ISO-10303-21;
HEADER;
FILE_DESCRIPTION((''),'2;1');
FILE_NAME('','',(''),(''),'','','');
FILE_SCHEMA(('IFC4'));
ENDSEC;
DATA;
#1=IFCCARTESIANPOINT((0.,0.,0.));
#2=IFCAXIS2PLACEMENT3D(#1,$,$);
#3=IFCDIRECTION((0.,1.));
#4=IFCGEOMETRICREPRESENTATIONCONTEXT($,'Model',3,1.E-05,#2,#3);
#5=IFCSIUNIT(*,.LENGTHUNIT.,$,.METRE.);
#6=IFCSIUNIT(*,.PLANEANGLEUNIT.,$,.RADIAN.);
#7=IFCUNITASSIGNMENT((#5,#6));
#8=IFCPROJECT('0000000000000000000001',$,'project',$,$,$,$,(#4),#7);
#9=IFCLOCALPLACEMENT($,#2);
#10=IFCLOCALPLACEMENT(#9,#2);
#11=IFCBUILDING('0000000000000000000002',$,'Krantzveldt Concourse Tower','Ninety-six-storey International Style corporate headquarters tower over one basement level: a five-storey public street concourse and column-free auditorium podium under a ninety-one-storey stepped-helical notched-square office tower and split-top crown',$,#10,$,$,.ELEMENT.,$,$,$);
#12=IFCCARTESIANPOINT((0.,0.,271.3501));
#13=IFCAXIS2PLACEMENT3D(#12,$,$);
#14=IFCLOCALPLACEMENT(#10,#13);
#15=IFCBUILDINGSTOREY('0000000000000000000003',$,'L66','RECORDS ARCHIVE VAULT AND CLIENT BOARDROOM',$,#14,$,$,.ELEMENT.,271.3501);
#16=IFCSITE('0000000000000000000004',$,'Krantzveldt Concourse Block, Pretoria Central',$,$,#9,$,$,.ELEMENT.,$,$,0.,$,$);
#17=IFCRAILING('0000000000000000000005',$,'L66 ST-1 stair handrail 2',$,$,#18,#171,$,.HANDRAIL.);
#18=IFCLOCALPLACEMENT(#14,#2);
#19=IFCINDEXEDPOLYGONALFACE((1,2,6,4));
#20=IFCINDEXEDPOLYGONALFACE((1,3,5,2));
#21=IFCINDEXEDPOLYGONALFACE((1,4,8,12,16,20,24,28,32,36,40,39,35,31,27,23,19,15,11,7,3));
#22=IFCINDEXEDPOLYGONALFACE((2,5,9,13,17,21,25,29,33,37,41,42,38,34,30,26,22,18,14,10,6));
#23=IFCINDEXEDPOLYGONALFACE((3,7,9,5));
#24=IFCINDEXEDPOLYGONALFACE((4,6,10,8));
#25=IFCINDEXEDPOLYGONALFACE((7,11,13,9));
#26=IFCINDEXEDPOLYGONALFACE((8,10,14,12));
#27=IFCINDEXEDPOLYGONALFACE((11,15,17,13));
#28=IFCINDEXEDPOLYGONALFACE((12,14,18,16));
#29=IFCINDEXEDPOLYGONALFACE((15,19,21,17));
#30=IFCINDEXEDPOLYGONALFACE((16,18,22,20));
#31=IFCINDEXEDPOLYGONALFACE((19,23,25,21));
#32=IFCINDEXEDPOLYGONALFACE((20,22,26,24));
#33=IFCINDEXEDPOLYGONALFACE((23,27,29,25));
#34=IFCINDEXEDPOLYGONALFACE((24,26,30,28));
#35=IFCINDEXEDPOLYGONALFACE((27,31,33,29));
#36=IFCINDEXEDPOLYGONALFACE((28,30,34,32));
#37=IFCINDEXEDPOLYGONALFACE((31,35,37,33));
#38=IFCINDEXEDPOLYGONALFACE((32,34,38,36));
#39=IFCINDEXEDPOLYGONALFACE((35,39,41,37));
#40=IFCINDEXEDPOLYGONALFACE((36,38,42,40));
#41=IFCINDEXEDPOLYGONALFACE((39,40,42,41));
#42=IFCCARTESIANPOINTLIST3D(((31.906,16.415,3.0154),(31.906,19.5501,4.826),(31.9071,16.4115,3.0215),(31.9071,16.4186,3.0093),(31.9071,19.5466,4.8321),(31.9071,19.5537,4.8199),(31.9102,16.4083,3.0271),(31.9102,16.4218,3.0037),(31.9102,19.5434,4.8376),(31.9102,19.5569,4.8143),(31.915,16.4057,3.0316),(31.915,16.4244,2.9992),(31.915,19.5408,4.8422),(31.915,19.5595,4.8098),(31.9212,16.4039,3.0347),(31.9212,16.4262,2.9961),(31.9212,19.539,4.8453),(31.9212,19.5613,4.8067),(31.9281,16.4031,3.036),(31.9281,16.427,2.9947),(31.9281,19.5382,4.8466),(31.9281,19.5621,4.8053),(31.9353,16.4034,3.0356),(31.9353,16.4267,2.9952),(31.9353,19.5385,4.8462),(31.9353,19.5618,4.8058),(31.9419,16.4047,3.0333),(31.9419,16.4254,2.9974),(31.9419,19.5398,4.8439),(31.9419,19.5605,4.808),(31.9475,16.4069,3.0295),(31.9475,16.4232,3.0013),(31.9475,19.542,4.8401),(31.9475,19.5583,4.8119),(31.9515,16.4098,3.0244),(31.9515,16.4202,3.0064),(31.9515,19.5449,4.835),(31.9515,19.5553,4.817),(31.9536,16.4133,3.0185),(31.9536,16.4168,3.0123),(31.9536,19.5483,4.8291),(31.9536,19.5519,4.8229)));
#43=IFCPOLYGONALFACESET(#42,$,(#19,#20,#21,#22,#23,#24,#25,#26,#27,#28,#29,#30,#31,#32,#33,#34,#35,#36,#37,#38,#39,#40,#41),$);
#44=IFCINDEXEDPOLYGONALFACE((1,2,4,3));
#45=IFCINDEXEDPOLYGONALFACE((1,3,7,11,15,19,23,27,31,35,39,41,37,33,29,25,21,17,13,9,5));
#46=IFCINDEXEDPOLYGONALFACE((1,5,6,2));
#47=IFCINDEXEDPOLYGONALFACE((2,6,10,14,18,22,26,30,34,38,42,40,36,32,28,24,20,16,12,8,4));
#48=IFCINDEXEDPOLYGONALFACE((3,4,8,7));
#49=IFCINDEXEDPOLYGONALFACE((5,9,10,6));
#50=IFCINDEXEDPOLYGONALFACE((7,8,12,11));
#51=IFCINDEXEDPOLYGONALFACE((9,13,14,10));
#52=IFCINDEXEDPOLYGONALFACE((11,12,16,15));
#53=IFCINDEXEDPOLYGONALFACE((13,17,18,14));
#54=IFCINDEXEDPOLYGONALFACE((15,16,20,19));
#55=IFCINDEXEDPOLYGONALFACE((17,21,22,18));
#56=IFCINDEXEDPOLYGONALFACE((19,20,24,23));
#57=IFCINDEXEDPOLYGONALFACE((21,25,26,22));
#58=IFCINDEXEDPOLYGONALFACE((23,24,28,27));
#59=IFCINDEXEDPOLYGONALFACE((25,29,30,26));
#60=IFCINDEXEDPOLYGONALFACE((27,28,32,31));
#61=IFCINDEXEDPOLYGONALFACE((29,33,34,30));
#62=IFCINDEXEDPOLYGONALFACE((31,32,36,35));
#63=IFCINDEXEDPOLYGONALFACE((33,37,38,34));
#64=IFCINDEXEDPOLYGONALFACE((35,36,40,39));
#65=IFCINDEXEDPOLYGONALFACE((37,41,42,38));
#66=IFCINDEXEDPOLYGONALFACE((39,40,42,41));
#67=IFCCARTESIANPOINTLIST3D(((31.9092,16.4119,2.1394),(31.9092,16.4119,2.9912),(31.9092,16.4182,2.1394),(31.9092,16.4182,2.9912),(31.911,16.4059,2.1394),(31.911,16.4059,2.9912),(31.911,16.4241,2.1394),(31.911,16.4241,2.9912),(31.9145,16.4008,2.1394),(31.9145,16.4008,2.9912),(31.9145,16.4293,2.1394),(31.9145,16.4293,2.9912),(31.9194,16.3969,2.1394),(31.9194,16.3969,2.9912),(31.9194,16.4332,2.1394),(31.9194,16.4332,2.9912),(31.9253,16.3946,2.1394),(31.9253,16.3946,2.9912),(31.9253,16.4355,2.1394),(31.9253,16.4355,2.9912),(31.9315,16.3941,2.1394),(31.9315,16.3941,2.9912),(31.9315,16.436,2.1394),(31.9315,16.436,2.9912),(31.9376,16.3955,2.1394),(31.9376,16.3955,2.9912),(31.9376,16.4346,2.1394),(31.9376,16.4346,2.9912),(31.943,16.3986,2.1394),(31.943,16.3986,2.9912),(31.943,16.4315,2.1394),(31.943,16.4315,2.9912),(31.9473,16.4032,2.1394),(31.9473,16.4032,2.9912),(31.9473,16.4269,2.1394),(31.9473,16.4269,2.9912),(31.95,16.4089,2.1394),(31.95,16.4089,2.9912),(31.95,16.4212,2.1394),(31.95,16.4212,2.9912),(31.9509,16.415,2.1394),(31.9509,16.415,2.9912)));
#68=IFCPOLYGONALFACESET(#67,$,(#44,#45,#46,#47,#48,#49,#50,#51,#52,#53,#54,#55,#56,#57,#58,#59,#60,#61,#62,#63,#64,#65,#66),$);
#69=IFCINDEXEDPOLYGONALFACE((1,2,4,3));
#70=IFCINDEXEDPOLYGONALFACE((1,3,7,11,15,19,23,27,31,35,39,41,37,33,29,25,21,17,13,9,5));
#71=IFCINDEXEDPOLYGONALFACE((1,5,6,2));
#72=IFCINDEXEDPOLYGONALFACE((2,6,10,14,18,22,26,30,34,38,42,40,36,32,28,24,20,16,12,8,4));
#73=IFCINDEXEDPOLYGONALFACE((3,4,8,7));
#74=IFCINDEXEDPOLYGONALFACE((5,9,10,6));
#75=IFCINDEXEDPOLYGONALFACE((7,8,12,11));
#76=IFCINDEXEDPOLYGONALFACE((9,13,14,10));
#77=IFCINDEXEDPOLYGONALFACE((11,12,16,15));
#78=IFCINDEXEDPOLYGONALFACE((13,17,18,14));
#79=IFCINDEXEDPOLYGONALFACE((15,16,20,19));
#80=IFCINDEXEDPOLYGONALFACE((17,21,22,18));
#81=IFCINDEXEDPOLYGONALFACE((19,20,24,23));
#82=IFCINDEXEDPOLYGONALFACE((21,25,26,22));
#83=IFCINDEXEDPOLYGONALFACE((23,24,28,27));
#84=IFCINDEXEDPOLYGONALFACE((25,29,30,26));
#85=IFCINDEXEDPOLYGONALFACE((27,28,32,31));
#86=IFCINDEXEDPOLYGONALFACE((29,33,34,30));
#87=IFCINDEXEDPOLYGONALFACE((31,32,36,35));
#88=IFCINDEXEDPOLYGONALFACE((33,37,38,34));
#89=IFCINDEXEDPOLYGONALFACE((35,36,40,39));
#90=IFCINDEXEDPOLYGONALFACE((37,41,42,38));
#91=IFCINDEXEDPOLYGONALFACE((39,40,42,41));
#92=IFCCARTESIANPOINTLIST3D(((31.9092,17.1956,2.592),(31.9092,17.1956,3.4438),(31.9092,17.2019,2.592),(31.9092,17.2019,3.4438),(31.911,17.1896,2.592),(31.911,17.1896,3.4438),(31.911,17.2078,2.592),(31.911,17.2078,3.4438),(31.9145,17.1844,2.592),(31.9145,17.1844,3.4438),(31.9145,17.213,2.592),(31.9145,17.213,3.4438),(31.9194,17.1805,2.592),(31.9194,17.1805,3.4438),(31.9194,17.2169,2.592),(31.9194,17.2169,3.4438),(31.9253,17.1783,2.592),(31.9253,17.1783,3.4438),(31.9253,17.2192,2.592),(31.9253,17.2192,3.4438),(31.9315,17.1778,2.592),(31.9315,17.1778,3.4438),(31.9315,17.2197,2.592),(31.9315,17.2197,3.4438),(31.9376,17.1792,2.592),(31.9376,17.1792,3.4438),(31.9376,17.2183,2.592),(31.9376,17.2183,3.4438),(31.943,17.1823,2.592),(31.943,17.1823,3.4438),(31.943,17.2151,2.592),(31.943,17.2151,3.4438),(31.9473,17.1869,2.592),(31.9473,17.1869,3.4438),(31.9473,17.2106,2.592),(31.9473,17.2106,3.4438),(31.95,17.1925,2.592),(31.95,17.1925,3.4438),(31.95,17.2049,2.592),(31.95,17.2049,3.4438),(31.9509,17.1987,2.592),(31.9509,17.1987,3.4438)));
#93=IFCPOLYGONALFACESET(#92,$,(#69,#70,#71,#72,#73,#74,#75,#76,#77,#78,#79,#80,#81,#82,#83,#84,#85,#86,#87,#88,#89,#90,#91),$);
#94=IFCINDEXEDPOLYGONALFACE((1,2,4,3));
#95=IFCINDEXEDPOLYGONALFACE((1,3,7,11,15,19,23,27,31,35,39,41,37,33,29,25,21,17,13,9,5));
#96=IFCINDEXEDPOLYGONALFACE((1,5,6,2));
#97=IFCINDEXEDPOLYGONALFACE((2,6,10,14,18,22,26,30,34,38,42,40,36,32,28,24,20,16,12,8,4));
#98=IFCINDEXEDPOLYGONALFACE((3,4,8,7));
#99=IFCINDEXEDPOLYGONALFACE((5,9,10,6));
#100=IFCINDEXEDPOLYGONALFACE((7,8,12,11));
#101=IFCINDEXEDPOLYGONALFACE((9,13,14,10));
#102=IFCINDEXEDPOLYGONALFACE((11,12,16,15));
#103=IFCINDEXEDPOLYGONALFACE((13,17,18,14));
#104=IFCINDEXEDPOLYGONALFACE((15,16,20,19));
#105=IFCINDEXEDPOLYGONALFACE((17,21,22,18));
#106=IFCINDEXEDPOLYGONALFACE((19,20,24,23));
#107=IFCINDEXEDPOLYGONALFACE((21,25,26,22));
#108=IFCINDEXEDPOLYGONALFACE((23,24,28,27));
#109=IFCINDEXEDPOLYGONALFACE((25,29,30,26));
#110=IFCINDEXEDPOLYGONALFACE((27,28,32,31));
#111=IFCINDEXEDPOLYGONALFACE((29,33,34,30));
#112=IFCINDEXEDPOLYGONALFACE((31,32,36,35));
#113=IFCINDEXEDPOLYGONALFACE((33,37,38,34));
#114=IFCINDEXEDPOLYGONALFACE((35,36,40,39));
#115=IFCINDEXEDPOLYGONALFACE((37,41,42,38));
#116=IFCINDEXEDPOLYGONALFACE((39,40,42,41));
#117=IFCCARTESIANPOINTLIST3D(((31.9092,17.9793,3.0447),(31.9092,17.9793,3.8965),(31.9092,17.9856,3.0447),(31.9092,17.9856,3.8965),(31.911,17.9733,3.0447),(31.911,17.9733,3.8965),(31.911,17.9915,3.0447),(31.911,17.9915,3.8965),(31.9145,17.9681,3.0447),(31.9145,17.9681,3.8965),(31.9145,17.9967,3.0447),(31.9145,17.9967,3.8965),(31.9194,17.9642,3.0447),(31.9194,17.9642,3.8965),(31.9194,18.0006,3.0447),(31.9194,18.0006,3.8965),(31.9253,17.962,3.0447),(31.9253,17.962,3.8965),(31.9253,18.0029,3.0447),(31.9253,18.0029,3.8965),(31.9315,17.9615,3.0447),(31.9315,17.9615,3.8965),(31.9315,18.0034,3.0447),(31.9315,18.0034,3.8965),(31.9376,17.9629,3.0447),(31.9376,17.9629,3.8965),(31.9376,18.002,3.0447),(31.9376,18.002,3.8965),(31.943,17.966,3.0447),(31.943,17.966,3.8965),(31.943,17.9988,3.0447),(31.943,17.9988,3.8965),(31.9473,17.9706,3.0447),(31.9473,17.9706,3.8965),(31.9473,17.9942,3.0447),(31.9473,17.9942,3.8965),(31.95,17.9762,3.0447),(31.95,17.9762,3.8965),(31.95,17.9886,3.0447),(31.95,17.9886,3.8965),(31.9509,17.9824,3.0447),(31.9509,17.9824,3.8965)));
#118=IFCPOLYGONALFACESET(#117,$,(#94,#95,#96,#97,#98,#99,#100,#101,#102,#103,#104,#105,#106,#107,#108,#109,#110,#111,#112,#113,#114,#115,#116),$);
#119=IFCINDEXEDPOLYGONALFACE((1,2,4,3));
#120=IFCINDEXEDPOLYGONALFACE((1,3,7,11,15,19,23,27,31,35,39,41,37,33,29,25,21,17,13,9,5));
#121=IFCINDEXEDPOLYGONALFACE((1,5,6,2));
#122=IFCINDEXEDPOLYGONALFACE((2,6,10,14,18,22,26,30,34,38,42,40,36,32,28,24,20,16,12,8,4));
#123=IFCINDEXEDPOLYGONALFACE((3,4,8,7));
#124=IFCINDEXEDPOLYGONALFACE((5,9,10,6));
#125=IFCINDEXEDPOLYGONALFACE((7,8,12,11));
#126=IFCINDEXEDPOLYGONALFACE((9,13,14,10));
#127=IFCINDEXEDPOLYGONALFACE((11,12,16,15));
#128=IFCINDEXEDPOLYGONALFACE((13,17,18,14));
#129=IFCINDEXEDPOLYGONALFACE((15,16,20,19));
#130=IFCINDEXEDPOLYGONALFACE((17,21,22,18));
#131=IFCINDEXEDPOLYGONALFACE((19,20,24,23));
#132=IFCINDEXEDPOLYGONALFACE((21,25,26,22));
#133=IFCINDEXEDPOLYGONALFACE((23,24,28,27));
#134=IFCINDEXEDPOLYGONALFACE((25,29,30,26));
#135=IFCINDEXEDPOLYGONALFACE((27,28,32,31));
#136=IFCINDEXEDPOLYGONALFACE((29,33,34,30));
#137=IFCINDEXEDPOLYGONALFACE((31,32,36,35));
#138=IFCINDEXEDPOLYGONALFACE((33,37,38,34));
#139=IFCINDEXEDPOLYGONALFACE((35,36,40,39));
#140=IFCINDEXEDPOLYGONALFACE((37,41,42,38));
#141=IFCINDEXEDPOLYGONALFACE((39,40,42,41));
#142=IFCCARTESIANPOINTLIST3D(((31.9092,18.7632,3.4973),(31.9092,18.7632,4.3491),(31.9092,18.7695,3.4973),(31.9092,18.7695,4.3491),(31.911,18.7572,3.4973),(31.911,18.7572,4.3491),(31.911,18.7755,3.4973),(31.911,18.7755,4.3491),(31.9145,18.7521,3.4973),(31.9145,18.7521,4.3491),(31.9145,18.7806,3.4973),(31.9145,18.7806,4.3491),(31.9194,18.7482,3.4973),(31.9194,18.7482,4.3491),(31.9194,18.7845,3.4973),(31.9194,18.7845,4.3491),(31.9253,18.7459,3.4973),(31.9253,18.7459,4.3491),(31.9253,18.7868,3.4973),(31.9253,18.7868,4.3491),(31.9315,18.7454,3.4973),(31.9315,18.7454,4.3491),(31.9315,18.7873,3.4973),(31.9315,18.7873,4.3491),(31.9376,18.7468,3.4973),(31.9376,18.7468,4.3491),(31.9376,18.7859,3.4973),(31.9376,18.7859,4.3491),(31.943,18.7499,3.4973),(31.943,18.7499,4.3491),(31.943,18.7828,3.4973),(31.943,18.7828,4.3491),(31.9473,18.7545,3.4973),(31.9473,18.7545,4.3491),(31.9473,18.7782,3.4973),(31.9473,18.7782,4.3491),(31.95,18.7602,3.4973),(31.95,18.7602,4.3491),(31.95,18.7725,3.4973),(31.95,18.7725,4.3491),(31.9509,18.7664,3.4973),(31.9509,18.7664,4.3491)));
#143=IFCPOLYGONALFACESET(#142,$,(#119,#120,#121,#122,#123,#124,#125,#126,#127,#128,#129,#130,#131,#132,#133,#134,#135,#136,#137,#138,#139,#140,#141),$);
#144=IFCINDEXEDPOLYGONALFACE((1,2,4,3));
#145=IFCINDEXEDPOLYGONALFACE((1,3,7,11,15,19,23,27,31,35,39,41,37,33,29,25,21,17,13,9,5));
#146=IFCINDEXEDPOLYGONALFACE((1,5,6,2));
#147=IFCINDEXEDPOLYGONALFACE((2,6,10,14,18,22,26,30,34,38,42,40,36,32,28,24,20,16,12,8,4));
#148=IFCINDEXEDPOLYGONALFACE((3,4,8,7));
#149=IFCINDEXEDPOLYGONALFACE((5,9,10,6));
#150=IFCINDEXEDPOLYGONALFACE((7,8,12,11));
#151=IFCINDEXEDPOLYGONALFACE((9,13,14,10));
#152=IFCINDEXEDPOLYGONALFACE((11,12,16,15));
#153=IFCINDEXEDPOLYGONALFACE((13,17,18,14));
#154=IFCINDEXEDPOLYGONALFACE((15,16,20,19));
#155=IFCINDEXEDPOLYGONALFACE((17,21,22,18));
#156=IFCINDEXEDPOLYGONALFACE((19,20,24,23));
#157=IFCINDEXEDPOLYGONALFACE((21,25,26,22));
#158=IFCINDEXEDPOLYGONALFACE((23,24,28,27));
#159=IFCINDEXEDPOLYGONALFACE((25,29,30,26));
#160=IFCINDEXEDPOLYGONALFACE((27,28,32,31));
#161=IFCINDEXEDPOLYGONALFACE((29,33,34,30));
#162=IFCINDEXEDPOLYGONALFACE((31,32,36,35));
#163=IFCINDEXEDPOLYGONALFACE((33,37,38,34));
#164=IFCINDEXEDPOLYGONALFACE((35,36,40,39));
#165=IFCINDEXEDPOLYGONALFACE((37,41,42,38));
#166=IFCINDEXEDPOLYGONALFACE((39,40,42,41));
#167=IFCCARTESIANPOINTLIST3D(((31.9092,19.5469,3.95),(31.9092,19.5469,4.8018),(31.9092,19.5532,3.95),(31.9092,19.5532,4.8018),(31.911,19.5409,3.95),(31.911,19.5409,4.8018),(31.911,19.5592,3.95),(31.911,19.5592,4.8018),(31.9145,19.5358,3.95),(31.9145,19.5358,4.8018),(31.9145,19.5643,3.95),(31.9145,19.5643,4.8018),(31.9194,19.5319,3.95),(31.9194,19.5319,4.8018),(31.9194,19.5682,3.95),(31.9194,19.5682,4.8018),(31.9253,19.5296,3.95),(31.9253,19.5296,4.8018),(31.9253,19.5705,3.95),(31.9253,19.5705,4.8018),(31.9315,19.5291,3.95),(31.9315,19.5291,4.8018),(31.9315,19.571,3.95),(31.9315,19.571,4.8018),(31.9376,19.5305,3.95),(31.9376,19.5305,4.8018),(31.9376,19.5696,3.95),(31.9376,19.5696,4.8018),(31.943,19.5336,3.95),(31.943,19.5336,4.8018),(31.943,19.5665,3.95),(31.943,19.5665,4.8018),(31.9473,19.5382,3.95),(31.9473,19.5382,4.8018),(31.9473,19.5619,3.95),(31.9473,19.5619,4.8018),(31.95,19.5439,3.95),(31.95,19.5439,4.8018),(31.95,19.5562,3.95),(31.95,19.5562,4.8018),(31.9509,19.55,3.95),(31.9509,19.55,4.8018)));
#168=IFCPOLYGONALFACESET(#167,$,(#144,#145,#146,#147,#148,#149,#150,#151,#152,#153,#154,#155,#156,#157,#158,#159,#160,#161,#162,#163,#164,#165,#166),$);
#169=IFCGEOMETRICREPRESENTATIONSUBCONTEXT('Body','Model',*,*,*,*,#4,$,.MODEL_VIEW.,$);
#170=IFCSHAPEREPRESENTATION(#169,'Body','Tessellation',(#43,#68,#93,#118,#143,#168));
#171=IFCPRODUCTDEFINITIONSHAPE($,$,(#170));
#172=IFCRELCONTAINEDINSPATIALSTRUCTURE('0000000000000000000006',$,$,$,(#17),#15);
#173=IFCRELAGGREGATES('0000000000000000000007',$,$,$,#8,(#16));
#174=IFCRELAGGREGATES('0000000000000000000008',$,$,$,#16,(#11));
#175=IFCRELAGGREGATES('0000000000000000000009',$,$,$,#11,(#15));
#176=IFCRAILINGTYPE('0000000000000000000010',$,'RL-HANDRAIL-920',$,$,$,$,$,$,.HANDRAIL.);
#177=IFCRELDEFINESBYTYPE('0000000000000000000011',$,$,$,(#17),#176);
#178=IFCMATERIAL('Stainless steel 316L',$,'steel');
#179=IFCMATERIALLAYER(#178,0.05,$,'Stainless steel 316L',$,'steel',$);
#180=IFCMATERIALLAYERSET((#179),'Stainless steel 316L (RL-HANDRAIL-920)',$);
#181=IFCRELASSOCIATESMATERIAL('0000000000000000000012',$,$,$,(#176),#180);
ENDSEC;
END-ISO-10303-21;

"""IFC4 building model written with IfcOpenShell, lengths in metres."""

from ifc_helpers import new_model, si_unit, direction, frame, origin, origin_2d, place, context, subcontext, project, spatial, circle, extrude, material, layer, layer_set, type_object, element, save


model = new_model("IFC4")

# Units and contexts
model_context = context("Model", 3, precision=1e-05, world=origin(), true_north=direction((0.0, 1.0)))
body_context = subcontext(model_context, "Body", "Model", "MODEL_VIEW")
ifc_project = project(units=[si_unit("LENGTHUNIT", "METRE"), si_unit("PLANEANGLEUNIT", "RADIAN")], contexts=[model_context])

# Site, building, storey
site_placement = place(None, origin())
site = spatial("IfcSite", under=ifc_project, at=site_placement, Name="Krantzveldt Concourse Block, Pretoria Central", CompositionType="ELEMENT", RefElevation=0.0)
building_placement = place(site_placement, origin())
building = spatial("IfcBuilding", under=site, at=building_placement, Name="Krantzveldt Concourse Tower", Description="Ninety-six-storey International Style corporate headquarters tower over one basement level: a five-storey public street concourse and column-free auditorium podium under a ninety-one-storey stepped-helical notched-square office tower and split-top crown", CompositionType="ELEMENT")
storey_placement = place(building_placement, frame((0.0, 0.0, 271.3501)))
storey = spatial("IfcBuildingStorey", under=building, at=storey_placement, Name="L66", Description="RECORDS ARCHIVE VAULT AND CLIENT BOARDROOM", CompositionType="ELEMENT", Elevation=271.3501)

# Railing
ifc_material_1 = material(Name="Stainless steel 316L", Category="steel")
ifc_layer_1 = layer(ifc_material_1, 0.05, Name="Stainless steel 316L", Category="steel")
ifc_layer_set_1 = layer_set([ifc_layer_1], Name="Stainless steel 316L (RL-HANDRAIL-920)")
railing_type_1 = type_object("IfcRailingType", Name="RL-HANDRAIL-920", PredefinedType="HANDRAIL", material=ifc_layer_set_1)
railing_1_placement = place(storey_placement, frame((31.9299, 16.415, 2.1394)))
element("IfcRailing", 1, at=railing_1_placement, inside=storey, type_object=railing_type_1, Name="L66 ST-1 stair handrail 2", PredefinedType="HANDRAIL", context=body_context, shape_type="SweptSolid", body=[
    extrude(circle(Radius=0.0239, at=origin_2d()), frame((0.0, 0.0, 0.876), z_axis=(0.0, 0.86596, 0.500114), x_axis=(-1.0, 0.0, 0.0)), (0.0, 0.0, 1.0), 3.6204),
    extrude(circle(Radius=0.021, at=origin_2d()), origin(), (0.0, 0.0, 1.0), 0.8518),
    extrude(circle(Radius=0.021, at=origin_2d()), frame((0.0, 0.7837, 0.4526)), (0.0, 0.0, 1.0), 0.8518),
    extrude(circle(Radius=0.021, at=origin_2d()), frame((0.0, 1.5674, 0.9053)), (0.0, 0.0, 1.0), 0.8518),
    extrude(circle(Radius=0.021, at=origin_2d()), frame((0.0, 2.3513, 1.3579)), (0.0, 0.0, 1.0), 0.8518),
    extrude(circle(Radius=0.021, at=origin_2d()), frame((0.0, 3.135, 1.8105)), (0.0, 0.0, 1.0), 0.8518),
])

save(model, "model.ifc")
